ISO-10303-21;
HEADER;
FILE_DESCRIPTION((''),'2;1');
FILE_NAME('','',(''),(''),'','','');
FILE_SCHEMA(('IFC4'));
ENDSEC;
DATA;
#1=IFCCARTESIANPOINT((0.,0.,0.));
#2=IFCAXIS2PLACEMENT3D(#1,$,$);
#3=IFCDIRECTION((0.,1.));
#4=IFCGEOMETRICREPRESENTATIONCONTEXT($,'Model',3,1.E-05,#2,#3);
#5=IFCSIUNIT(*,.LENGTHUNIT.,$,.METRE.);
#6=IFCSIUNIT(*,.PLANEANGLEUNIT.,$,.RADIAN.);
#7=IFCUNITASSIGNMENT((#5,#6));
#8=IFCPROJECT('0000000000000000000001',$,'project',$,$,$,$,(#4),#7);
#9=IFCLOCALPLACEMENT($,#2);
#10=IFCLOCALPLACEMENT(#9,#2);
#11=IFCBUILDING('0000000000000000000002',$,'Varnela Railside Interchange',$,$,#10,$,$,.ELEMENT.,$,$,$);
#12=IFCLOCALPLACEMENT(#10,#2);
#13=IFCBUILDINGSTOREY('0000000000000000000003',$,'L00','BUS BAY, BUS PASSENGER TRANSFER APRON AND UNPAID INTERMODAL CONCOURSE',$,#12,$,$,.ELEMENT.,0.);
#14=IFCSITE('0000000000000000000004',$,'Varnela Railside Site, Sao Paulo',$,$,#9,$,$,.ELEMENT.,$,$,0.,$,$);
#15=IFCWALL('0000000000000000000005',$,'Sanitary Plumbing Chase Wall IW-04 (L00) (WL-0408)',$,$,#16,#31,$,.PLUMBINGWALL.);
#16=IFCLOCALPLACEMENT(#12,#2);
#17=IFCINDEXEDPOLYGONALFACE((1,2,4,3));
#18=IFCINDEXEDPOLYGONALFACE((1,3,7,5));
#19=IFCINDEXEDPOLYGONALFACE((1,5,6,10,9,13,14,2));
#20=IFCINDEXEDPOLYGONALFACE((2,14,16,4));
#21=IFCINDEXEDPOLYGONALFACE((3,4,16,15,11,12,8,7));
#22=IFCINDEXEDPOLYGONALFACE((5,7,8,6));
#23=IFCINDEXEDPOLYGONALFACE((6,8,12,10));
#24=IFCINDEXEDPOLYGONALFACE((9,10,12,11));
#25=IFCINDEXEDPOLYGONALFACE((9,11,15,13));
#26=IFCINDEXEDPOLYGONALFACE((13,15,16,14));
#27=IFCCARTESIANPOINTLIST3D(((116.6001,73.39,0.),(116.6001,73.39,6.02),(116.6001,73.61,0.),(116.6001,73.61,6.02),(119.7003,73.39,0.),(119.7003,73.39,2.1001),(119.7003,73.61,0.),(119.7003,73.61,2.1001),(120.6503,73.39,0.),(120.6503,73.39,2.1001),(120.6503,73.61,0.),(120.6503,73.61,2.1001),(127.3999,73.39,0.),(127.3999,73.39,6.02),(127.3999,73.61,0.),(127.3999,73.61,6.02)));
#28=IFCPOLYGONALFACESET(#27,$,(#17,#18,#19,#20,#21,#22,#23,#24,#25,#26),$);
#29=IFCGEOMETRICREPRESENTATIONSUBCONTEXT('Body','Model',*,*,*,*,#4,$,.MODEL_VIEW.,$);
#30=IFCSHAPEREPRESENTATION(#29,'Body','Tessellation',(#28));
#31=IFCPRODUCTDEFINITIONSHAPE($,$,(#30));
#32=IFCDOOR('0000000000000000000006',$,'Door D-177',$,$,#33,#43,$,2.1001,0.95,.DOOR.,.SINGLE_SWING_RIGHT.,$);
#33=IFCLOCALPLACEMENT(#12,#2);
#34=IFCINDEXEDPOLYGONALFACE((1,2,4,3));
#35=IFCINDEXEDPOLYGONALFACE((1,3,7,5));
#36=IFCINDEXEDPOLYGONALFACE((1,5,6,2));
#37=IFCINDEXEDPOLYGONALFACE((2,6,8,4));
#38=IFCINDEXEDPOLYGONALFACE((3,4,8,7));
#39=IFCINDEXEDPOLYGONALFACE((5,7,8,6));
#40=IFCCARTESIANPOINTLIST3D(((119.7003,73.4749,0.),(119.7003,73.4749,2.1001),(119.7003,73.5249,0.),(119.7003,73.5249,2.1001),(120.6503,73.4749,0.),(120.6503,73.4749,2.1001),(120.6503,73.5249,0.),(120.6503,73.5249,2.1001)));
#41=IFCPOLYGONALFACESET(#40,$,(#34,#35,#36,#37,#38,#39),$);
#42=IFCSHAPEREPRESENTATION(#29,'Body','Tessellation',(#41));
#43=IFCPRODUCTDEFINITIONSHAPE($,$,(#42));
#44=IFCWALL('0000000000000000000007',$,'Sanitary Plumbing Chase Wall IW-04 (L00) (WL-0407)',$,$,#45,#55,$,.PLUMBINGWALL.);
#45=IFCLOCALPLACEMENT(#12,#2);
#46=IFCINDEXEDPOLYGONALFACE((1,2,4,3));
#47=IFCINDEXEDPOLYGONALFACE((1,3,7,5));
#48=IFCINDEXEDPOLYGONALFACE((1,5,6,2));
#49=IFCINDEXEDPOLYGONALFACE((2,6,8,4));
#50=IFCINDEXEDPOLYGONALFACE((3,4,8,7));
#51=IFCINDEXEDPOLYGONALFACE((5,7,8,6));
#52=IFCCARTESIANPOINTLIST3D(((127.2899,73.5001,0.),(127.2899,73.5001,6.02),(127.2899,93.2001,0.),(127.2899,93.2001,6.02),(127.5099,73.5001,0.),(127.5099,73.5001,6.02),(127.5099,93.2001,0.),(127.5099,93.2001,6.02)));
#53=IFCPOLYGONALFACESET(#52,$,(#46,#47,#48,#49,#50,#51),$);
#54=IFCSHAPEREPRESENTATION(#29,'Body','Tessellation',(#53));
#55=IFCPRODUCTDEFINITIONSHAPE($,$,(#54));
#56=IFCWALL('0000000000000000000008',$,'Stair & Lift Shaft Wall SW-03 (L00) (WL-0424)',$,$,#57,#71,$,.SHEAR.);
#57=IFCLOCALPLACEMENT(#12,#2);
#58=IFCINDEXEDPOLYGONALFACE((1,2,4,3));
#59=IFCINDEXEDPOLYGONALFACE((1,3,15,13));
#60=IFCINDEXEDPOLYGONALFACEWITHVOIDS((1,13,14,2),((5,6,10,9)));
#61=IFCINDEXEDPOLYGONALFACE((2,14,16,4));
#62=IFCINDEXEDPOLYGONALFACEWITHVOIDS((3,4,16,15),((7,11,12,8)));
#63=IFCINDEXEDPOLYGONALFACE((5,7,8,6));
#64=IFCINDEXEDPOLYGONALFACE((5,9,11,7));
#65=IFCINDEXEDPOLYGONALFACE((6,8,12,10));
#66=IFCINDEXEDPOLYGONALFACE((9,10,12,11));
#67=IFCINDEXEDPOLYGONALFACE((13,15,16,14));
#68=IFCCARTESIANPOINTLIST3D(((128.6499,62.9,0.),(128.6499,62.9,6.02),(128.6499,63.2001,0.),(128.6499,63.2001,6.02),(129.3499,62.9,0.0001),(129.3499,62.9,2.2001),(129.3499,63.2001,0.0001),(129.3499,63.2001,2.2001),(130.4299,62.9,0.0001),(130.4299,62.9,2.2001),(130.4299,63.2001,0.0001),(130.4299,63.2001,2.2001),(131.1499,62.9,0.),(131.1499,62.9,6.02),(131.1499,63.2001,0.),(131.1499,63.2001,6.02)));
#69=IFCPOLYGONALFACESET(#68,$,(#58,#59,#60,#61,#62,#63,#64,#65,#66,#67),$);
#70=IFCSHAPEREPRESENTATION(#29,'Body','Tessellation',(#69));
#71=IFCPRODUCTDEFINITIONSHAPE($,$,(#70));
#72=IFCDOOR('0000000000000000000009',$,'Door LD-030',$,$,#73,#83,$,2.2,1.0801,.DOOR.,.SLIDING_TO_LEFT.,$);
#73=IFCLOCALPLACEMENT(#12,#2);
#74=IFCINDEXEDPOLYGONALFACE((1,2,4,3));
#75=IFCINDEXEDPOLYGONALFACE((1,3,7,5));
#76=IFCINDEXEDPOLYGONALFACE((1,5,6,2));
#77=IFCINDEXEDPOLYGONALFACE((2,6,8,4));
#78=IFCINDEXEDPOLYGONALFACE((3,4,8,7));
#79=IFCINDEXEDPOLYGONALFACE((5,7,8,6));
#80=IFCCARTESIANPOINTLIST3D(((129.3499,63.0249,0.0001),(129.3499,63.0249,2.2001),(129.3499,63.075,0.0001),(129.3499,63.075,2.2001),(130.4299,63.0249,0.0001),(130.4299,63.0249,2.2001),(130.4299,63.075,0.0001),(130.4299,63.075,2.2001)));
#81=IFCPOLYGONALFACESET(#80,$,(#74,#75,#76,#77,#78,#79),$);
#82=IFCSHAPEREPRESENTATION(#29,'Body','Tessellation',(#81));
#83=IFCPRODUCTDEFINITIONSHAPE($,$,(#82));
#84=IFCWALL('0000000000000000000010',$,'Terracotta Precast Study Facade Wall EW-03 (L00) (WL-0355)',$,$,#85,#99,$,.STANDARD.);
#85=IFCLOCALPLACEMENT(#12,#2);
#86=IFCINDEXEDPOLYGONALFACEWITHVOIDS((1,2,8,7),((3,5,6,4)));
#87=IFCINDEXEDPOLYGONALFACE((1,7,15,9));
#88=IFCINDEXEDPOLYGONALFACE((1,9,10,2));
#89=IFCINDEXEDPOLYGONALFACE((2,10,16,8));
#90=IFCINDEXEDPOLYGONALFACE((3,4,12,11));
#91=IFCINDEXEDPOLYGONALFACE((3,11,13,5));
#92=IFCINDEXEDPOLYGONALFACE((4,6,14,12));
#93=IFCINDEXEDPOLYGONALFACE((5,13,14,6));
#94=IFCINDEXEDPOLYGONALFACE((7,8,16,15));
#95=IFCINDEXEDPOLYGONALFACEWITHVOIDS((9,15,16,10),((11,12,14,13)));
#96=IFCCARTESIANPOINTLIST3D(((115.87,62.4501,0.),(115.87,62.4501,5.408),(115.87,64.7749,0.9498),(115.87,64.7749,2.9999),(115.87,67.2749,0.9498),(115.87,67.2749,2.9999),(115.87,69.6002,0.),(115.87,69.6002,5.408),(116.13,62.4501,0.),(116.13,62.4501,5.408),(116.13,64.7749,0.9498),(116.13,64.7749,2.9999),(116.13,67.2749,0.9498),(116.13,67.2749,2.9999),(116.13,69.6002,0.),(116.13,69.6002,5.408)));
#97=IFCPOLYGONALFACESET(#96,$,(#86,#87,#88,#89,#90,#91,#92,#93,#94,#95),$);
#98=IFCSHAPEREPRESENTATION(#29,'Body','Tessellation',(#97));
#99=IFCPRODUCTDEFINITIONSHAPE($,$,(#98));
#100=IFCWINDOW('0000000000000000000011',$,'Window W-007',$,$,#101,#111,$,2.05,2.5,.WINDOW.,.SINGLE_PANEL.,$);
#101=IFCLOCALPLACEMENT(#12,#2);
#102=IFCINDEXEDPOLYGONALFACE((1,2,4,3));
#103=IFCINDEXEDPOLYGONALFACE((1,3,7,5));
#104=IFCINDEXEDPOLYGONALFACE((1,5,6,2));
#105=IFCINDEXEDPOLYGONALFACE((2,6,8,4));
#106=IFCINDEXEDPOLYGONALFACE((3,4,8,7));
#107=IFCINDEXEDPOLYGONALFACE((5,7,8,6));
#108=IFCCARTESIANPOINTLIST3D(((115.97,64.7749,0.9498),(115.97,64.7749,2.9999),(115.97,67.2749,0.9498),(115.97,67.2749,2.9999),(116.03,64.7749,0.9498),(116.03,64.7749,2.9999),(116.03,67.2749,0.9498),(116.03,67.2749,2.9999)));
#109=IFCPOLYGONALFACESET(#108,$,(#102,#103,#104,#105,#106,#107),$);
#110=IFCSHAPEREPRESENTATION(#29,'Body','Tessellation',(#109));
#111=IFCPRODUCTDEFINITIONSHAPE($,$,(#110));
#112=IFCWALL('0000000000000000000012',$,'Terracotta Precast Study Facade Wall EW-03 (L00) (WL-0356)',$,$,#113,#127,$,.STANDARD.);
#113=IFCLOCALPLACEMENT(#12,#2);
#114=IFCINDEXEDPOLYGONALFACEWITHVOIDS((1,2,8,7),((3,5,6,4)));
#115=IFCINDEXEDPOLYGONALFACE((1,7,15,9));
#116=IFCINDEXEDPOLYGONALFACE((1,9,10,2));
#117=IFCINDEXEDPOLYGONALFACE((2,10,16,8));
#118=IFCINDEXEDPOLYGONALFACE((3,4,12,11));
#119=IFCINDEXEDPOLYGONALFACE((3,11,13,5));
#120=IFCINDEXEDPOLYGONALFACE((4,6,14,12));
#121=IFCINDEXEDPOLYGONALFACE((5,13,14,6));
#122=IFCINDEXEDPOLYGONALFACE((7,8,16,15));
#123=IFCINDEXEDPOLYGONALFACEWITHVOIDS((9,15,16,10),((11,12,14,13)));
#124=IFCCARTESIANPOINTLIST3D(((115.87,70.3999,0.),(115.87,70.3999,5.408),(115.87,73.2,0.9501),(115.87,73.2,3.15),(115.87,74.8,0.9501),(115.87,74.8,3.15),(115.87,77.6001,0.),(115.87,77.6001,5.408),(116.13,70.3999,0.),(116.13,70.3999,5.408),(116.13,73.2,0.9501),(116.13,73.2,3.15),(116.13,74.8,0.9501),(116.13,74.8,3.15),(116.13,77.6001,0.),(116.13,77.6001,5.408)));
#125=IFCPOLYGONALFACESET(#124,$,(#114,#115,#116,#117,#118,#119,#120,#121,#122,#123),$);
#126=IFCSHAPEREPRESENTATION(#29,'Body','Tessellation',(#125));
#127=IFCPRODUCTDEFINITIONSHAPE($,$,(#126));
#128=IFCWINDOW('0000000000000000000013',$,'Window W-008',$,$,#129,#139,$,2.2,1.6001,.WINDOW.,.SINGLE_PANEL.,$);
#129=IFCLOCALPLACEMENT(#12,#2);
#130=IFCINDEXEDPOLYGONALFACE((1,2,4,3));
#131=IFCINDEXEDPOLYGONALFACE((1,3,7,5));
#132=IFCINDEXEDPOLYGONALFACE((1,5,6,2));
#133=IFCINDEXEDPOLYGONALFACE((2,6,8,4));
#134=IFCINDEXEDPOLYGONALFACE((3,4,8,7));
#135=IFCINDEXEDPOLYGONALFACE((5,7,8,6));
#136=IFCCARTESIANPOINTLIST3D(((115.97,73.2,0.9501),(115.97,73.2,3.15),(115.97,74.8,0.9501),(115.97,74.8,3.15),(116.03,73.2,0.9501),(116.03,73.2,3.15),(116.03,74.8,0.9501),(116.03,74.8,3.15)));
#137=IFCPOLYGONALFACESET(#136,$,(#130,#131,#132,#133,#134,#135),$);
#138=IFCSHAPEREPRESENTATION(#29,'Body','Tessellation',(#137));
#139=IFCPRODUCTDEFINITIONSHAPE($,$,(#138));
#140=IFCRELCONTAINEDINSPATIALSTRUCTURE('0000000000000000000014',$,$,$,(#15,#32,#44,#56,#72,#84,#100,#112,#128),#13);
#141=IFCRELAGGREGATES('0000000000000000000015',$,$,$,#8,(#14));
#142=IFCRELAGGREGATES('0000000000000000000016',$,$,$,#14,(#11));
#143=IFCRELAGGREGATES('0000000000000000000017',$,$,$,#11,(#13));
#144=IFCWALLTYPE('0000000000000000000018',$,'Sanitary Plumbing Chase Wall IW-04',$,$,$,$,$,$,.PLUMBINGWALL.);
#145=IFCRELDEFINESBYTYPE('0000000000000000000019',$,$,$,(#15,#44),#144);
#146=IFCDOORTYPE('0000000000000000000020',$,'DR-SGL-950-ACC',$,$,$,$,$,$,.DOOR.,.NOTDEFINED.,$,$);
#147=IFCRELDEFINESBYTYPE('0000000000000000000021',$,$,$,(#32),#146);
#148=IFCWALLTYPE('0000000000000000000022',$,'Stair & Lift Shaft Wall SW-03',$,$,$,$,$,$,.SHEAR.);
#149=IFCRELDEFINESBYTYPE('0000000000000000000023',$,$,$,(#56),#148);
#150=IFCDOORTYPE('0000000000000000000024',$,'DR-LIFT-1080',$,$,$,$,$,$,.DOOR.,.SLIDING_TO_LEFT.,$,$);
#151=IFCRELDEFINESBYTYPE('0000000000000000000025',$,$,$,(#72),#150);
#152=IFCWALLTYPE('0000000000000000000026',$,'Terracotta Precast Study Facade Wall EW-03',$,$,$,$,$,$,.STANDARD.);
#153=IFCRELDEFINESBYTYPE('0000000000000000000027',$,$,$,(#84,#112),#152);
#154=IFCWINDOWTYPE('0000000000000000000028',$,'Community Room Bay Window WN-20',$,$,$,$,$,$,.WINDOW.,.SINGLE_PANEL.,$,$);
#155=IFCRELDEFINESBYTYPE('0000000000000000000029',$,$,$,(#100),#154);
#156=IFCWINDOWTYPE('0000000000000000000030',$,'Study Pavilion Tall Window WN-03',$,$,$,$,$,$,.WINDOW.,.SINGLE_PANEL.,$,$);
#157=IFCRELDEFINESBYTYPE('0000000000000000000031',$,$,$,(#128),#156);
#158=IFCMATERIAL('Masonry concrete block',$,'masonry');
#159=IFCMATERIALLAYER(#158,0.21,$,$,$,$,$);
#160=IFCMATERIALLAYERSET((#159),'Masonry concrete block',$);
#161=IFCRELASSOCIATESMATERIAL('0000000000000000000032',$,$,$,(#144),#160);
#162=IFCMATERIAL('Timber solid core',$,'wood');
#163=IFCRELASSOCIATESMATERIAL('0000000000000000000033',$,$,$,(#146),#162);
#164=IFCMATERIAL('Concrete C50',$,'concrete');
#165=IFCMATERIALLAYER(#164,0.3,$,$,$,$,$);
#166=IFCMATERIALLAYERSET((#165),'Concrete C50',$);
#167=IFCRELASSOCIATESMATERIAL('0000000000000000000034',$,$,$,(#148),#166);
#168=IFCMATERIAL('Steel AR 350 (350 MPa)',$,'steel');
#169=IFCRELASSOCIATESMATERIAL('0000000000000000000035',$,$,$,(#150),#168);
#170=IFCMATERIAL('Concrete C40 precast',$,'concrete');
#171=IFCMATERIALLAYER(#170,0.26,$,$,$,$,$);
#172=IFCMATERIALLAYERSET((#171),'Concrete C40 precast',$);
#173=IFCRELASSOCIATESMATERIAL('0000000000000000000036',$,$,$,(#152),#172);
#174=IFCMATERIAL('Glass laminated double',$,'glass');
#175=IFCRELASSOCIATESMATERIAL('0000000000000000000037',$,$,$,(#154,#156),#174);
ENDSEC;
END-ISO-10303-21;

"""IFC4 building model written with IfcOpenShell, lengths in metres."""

from ifc_helpers import new_model, si_unit, direction, frame, frame_2d, origin, place, context, subcontext, project, spatial, rectangle, extrude, material, layer, layer_set, type_object, element, fill, save


model = new_model("IFC4")

# Units and contexts
model_context = context("Model", 3, precision=1e-05, world=origin(), true_north=direction((0.0, 1.0)))
body_context = subcontext(model_context, "Body", "Model", "MODEL_VIEW")
ifc_project = project(units=[si_unit("LENGTHUNIT", "METRE"), si_unit("PLANEANGLEUNIT", "RADIAN")], contexts=[model_context])

# Site, building, storey
site_placement = place(None, origin())
site = spatial("IfcSite", under=ifc_project, at=site_placement, Name="Varnela Railside Site, Sao Paulo", CompositionType="ELEMENT", RefElevation=0.0)
building_placement = place(site_placement, origin())
building = spatial("IfcBuilding", under=site, at=building_placement, Name="Varnela Railside Interchange", CompositionType="ELEMENT")
storey_placement = place(building_placement, origin())
storey = spatial("IfcBuildingStorey", under=building, at=storey_placement, Name="L00", Description="BUS BAY, BUS PASSENGER TRANSFER APRON AND UNPAID INTERMODAL CONCOURSE", CompositionType="ELEMENT", Elevation=0.0)

# Shared definitions
ifc_material_1 = material(Name="Concrete C50", Category="concrete")

# Shared definitions
ifc_material_2 = material(Name="Steel AR 350 (350 MPa)", Category="steel")

# Shared definitions
ifc_material_3 = material(Name="Masonry concrete block", Category="masonry")
ifc_layer_1 = layer(ifc_material_3, 0.21)
ifc_layer_set_1 = layer_set([ifc_layer_1], Name="Masonry concrete block")
wall_type_1 = type_object("IfcWallType", Name="Sanitary Plumbing Chase Wall IW-04", PredefinedType="PLUMBINGWALL", material=ifc_layer_set_1)
ifc_material_4 = material(Name="Timber solid core", Category="wood")
door_type_1 = type_object("IfcDoorType", Name="DR-SGL-950-ACC", OperationType="NOTDEFINED", PredefinedType="DOOR", material=ifc_material_4)

# Wall, opening, door
wall_1_placement = place(storey_placement, frame((116.6001, 73.5, 0.0), z_axis=(0.0, 0.0, 1.0), x_axis=(1.0, 0.0, 0.0)))
wall_1 = element("IfcWall", 1, at=wall_1_placement, inside=storey, type_object=wall_type_1, Name="Sanitary Plumbing Chase Wall IW-04 (L00) (WL-0408)", PredefinedType="PLUMBINGWALL", context=body_context, shape_type="SweptSolid", body=[
    extrude(rectangle(XDim=10.7998, YDim=0.22, at=frame_2d((5.3999, 0.0))), origin(), (0.0, 0.0, 1.0), 6.02),
])
opening_1_placement = place(wall_1_placement, frame((3.1001, 0.0, 0.0)))
opening_1 = element("IfcOpeningElement", 2, at=opening_1_placement, cuts=wall_1, PredefinedType="OPENING", context=body_context, shape_type="SweptSolid", body=[
    extrude(rectangle(XDim=0.95, YDim=2.1001, at=frame_2d((0.4751, 1.05))), frame((0.0, 0.1199, 0.0), z_axis=(0.0, -1.0, 0.0), x_axis=(1.0, 0.0, 0.0)), (0.0, 0.0, 1.0), 0.24),
])
door_1_placement = place(opening_1_placement, origin())
door_1 = element("IfcDoor", 3, at=door_1_placement, inside=storey, type_object=door_type_1, Name="Door D-177", OperationType="SINGLE_SWING_RIGHT", OverallHeight=2.1001, OverallWidth=0.95, PredefinedType="DOOR", context=body_context, shape_type="SweptSolid", body=[
    extrude(rectangle(XDim=0.95, YDim=2.1001, at=frame_2d((0.4751, 1.05))), frame((0.0, 0.0249, 0.0), z_axis=(0.0, -1.0, 0.0), x_axis=(1.0, 0.0, 0.0)), (0.0, 0.0, 1.0), 0.05),
])
fill(opening_1, door_1)

# Wall
wall_2_placement = place(storey_placement, frame((127.3999, 73.5, 0.0), z_axis=(0.0, 0.0, 1.0), x_axis=(0.0, 1.0, 0.0)))
element("IfcWall", 4, at=wall_2_placement, inside=storey, type_object=wall_type_1, Name="Sanitary Plumbing Chase Wall IW-04 (L00) (WL-0407)", PredefinedType="PLUMBINGWALL", context=body_context, shape_type="SweptSolid", body=[
    extrude(rectangle(XDim=19.7, YDim=0.22, at=frame_2d((9.8501, 0.0))), origin(), (0.0, 0.0, 1.0), 6.02),
])

# Wall, opening, door
ifc_layer_2 = layer(ifc_material_1, 0.3)
ifc_layer_set_2 = layer_set([ifc_layer_2], Name="Concrete C50")
wall_type_2 = type_object("IfcWallType", Name="Stair & Lift Shaft Wall SW-03", PredefinedType="SHEAR", material=ifc_layer_set_2)
wall_3_placement = place(storey_placement, frame((128.6499, 63.05, 0.0), z_axis=(0.0, 0.0, 1.0), x_axis=(1.0, 0.0, 0.0)))
wall_3 = element("IfcWall", 5, at=wall_3_placement, inside=storey, type_object=wall_type_2, Name="Stair & Lift Shaft Wall SW-03 (L00) (WL-0424)", PredefinedType="SHEAR", context=body_context, shape_type="SweptSolid", body=[
    extrude(rectangle(XDim=2.5, YDim=0.3, at=frame_2d((1.25, 0.0))), origin(), (0.0, 0.0, 1.0), 6.02),
])
opening_2_placement = place(wall_3_placement, frame((0.7, 0.0, 0.0)))
opening_2 = element("IfcOpeningElement", 6, at=opening_2_placement, cuts=wall_3, PredefinedType="OPENING", context=body_context, shape_type="SweptSolid", body=[
    extrude(rectangle(XDim=1.0801, YDim=2.2, at=frame_2d((0.54, 1.1001))), frame((0.0, 0.1599, 0.0), z_axis=(0.0, -1.0, 0.0), x_axis=(1.0, 0.0, 0.0)), (0.0, 0.0, 1.0), 0.3201),
])
door_type_2 = type_object("IfcDoorType", Name="DR-LIFT-1080", OperationType="SLIDING_TO_LEFT", PredefinedType="DOOR", material=ifc_material_2)
door_2_placement = place(opening_2_placement, origin())
door_2 = element("IfcDoor", 7, at=door_2_placement, inside=storey, type_object=door_type_2, Name="Door LD-030", OperationType="SLIDING_TO_LEFT", OverallHeight=2.2, OverallWidth=1.0801, PredefinedType="DOOR", context=body_context, shape_type="SweptSolid", body=[
    extrude(rectangle(XDim=1.0801, YDim=2.2, at=frame_2d((0.54, 1.1001))), frame((0.0, 0.0249, 0.0), z_axis=(0.0, -1.0, 0.0), x_axis=(1.0, 0.0, 0.0)), (0.0, 0.0, 1.0), 0.05),
])
fill(opening_2, door_2)

# Walls, openings, windows
ifc_material_5 = material(Name="Concrete C40 precast", Category="concrete")
ifc_layer_3 = layer(ifc_material_5, 0.26)
ifc_layer_set_3 = layer_set([ifc_layer_3], Name="Concrete C40 precast")
wall_type_3 = type_object("IfcWallType", Name="Terracotta Precast Study Facade Wall EW-03", PredefinedType="STANDARD", material=ifc_layer_set_3)
wall_4_placement = place(storey_placement, frame((116.0, 62.45, 0.0), z_axis=(0.0, 0.0, 1.0), x_axis=(0.0, 1.0, 0.0)))
wall_4 = element("IfcWall", 8, at=wall_4_placement, inside=storey, type_object=wall_type_3, Name="Terracotta Precast Study Facade Wall EW-03 (L00) (WL-0355)", PredefinedType="STANDARD", context=body_context, shape_type="SweptSolid", body=[
    extrude(rectangle(XDim=7.1501, YDim=0.26, at=frame_2d((3.5752, 0.0))), origin(), (0.0, 0.0, 1.0), 5.408),
])
opening_3_placement = place(wall_4_placement, frame((2.325, 0.0, 0.95)))
opening_3 = element("IfcOpeningElement", 9, at=opening_3_placement, cuts=wall_4, PredefinedType="OPENING", context=body_context, shape_type="SweptSolid", body=[
    extrude(rectangle(XDim=2.5, YDim=2.05, at=frame_2d((1.25, 1.0249))), frame((0.0, 0.1399, 0.0), z_axis=(0.0, -1.0, 0.0), x_axis=(1.0, 0.0, 0.0)), (0.0, 0.0, 1.0), 0.28),
])
ifc_material_6 = material(Name="Glass laminated double", Category="glass")
window_type_1 = type_object("IfcWindowType", Name="Community Room Bay Window WN-20", PartitioningType="SINGLE_PANEL", PredefinedType="WINDOW", material=ifc_material_6)
window_1_placement = place(opening_3_placement, origin())
window_1 = element("IfcWindow", 10, at=window_1_placement, inside=storey, type_object=window_type_1, Name="Window W-007", OverallHeight=2.05, OverallWidth=2.5, PartitioningType="SINGLE_PANEL", PredefinedType="WINDOW", context=body_context, shape_type="SweptSolid", body=[
    extrude(rectangle(XDim=2.5, YDim=2.05, at=frame_2d((1.25, 1.0249))), frame((0.0, 0.03, 0.0), z_axis=(0.0, -1.0, 0.0), x_axis=(1.0, 0.0, 0.0)), (0.0, 0.0, 1.0), 0.0601),
])
fill(opening_3, window_1)
wall_5_placement = place(storey_placement, frame((116.0, 70.3999, 0.0), z_axis=(0.0, 0.0, 1.0), x_axis=(0.0, 1.0, 0.0)))
wall_5 = element("IfcWall", 11, at=wall_5_placement, inside=storey, type_object=wall_type_3, Name="Terracotta Precast Study Facade Wall EW-03 (L00) (WL-0356)", PredefinedType="STANDARD", context=body_context, shape_type="SweptSolid", body=[
    extrude(rectangle(XDim=7.2002, YDim=0.26, at=frame_2d((3.6001, 0.0))), origin(), (0.0, 0.0, 1.0), 5.408),
])
opening_4_placement = place(wall_5_placement, frame((2.8, 0.0, 0.95)))
opening_4 = element("IfcOpeningElement", 12, at=opening_4_placement, cuts=wall_5, PredefinedType="OPENING", context=body_context, shape_type="SweptSolid", body=[
    extrude(rectangle(XDim=1.6001, YDim=2.2, at=frame_2d((0.8, 1.1001))), frame((0.0, 0.1399, 0.0), z_axis=(0.0, -1.0, 0.0), x_axis=(1.0, 0.0, 0.0)), (0.0, 0.0, 1.0), 0.28),
])
window_type_2 = type_object("IfcWindowType", Name="Study Pavilion Tall Window WN-03", PartitioningType="SINGLE_PANEL", PredefinedType="WINDOW", material=ifc_material_6)
window_2_placement = place(opening_4_placement, origin())
window_2 = element("IfcWindow", 13, at=window_2_placement, inside=storey, type_object=window_type_2, Name="Window W-008", OverallHeight=2.2, OverallWidth=1.6001, PartitioningType="SINGLE_PANEL", PredefinedType="WINDOW", context=body_context, shape_type="SweptSolid", body=[
    extrude(rectangle(XDim=1.6001, YDim=2.2, at=frame_2d((0.8, 1.1001))), frame((0.0, 0.03, 0.0), z_axis=(0.0, -1.0, 0.0), x_axis=(1.0, 0.0, 0.0)), (0.0, 0.0, 1.0), 0.0601),
])
fill(opening_4, window_2)

save(model, "model.ifc")
